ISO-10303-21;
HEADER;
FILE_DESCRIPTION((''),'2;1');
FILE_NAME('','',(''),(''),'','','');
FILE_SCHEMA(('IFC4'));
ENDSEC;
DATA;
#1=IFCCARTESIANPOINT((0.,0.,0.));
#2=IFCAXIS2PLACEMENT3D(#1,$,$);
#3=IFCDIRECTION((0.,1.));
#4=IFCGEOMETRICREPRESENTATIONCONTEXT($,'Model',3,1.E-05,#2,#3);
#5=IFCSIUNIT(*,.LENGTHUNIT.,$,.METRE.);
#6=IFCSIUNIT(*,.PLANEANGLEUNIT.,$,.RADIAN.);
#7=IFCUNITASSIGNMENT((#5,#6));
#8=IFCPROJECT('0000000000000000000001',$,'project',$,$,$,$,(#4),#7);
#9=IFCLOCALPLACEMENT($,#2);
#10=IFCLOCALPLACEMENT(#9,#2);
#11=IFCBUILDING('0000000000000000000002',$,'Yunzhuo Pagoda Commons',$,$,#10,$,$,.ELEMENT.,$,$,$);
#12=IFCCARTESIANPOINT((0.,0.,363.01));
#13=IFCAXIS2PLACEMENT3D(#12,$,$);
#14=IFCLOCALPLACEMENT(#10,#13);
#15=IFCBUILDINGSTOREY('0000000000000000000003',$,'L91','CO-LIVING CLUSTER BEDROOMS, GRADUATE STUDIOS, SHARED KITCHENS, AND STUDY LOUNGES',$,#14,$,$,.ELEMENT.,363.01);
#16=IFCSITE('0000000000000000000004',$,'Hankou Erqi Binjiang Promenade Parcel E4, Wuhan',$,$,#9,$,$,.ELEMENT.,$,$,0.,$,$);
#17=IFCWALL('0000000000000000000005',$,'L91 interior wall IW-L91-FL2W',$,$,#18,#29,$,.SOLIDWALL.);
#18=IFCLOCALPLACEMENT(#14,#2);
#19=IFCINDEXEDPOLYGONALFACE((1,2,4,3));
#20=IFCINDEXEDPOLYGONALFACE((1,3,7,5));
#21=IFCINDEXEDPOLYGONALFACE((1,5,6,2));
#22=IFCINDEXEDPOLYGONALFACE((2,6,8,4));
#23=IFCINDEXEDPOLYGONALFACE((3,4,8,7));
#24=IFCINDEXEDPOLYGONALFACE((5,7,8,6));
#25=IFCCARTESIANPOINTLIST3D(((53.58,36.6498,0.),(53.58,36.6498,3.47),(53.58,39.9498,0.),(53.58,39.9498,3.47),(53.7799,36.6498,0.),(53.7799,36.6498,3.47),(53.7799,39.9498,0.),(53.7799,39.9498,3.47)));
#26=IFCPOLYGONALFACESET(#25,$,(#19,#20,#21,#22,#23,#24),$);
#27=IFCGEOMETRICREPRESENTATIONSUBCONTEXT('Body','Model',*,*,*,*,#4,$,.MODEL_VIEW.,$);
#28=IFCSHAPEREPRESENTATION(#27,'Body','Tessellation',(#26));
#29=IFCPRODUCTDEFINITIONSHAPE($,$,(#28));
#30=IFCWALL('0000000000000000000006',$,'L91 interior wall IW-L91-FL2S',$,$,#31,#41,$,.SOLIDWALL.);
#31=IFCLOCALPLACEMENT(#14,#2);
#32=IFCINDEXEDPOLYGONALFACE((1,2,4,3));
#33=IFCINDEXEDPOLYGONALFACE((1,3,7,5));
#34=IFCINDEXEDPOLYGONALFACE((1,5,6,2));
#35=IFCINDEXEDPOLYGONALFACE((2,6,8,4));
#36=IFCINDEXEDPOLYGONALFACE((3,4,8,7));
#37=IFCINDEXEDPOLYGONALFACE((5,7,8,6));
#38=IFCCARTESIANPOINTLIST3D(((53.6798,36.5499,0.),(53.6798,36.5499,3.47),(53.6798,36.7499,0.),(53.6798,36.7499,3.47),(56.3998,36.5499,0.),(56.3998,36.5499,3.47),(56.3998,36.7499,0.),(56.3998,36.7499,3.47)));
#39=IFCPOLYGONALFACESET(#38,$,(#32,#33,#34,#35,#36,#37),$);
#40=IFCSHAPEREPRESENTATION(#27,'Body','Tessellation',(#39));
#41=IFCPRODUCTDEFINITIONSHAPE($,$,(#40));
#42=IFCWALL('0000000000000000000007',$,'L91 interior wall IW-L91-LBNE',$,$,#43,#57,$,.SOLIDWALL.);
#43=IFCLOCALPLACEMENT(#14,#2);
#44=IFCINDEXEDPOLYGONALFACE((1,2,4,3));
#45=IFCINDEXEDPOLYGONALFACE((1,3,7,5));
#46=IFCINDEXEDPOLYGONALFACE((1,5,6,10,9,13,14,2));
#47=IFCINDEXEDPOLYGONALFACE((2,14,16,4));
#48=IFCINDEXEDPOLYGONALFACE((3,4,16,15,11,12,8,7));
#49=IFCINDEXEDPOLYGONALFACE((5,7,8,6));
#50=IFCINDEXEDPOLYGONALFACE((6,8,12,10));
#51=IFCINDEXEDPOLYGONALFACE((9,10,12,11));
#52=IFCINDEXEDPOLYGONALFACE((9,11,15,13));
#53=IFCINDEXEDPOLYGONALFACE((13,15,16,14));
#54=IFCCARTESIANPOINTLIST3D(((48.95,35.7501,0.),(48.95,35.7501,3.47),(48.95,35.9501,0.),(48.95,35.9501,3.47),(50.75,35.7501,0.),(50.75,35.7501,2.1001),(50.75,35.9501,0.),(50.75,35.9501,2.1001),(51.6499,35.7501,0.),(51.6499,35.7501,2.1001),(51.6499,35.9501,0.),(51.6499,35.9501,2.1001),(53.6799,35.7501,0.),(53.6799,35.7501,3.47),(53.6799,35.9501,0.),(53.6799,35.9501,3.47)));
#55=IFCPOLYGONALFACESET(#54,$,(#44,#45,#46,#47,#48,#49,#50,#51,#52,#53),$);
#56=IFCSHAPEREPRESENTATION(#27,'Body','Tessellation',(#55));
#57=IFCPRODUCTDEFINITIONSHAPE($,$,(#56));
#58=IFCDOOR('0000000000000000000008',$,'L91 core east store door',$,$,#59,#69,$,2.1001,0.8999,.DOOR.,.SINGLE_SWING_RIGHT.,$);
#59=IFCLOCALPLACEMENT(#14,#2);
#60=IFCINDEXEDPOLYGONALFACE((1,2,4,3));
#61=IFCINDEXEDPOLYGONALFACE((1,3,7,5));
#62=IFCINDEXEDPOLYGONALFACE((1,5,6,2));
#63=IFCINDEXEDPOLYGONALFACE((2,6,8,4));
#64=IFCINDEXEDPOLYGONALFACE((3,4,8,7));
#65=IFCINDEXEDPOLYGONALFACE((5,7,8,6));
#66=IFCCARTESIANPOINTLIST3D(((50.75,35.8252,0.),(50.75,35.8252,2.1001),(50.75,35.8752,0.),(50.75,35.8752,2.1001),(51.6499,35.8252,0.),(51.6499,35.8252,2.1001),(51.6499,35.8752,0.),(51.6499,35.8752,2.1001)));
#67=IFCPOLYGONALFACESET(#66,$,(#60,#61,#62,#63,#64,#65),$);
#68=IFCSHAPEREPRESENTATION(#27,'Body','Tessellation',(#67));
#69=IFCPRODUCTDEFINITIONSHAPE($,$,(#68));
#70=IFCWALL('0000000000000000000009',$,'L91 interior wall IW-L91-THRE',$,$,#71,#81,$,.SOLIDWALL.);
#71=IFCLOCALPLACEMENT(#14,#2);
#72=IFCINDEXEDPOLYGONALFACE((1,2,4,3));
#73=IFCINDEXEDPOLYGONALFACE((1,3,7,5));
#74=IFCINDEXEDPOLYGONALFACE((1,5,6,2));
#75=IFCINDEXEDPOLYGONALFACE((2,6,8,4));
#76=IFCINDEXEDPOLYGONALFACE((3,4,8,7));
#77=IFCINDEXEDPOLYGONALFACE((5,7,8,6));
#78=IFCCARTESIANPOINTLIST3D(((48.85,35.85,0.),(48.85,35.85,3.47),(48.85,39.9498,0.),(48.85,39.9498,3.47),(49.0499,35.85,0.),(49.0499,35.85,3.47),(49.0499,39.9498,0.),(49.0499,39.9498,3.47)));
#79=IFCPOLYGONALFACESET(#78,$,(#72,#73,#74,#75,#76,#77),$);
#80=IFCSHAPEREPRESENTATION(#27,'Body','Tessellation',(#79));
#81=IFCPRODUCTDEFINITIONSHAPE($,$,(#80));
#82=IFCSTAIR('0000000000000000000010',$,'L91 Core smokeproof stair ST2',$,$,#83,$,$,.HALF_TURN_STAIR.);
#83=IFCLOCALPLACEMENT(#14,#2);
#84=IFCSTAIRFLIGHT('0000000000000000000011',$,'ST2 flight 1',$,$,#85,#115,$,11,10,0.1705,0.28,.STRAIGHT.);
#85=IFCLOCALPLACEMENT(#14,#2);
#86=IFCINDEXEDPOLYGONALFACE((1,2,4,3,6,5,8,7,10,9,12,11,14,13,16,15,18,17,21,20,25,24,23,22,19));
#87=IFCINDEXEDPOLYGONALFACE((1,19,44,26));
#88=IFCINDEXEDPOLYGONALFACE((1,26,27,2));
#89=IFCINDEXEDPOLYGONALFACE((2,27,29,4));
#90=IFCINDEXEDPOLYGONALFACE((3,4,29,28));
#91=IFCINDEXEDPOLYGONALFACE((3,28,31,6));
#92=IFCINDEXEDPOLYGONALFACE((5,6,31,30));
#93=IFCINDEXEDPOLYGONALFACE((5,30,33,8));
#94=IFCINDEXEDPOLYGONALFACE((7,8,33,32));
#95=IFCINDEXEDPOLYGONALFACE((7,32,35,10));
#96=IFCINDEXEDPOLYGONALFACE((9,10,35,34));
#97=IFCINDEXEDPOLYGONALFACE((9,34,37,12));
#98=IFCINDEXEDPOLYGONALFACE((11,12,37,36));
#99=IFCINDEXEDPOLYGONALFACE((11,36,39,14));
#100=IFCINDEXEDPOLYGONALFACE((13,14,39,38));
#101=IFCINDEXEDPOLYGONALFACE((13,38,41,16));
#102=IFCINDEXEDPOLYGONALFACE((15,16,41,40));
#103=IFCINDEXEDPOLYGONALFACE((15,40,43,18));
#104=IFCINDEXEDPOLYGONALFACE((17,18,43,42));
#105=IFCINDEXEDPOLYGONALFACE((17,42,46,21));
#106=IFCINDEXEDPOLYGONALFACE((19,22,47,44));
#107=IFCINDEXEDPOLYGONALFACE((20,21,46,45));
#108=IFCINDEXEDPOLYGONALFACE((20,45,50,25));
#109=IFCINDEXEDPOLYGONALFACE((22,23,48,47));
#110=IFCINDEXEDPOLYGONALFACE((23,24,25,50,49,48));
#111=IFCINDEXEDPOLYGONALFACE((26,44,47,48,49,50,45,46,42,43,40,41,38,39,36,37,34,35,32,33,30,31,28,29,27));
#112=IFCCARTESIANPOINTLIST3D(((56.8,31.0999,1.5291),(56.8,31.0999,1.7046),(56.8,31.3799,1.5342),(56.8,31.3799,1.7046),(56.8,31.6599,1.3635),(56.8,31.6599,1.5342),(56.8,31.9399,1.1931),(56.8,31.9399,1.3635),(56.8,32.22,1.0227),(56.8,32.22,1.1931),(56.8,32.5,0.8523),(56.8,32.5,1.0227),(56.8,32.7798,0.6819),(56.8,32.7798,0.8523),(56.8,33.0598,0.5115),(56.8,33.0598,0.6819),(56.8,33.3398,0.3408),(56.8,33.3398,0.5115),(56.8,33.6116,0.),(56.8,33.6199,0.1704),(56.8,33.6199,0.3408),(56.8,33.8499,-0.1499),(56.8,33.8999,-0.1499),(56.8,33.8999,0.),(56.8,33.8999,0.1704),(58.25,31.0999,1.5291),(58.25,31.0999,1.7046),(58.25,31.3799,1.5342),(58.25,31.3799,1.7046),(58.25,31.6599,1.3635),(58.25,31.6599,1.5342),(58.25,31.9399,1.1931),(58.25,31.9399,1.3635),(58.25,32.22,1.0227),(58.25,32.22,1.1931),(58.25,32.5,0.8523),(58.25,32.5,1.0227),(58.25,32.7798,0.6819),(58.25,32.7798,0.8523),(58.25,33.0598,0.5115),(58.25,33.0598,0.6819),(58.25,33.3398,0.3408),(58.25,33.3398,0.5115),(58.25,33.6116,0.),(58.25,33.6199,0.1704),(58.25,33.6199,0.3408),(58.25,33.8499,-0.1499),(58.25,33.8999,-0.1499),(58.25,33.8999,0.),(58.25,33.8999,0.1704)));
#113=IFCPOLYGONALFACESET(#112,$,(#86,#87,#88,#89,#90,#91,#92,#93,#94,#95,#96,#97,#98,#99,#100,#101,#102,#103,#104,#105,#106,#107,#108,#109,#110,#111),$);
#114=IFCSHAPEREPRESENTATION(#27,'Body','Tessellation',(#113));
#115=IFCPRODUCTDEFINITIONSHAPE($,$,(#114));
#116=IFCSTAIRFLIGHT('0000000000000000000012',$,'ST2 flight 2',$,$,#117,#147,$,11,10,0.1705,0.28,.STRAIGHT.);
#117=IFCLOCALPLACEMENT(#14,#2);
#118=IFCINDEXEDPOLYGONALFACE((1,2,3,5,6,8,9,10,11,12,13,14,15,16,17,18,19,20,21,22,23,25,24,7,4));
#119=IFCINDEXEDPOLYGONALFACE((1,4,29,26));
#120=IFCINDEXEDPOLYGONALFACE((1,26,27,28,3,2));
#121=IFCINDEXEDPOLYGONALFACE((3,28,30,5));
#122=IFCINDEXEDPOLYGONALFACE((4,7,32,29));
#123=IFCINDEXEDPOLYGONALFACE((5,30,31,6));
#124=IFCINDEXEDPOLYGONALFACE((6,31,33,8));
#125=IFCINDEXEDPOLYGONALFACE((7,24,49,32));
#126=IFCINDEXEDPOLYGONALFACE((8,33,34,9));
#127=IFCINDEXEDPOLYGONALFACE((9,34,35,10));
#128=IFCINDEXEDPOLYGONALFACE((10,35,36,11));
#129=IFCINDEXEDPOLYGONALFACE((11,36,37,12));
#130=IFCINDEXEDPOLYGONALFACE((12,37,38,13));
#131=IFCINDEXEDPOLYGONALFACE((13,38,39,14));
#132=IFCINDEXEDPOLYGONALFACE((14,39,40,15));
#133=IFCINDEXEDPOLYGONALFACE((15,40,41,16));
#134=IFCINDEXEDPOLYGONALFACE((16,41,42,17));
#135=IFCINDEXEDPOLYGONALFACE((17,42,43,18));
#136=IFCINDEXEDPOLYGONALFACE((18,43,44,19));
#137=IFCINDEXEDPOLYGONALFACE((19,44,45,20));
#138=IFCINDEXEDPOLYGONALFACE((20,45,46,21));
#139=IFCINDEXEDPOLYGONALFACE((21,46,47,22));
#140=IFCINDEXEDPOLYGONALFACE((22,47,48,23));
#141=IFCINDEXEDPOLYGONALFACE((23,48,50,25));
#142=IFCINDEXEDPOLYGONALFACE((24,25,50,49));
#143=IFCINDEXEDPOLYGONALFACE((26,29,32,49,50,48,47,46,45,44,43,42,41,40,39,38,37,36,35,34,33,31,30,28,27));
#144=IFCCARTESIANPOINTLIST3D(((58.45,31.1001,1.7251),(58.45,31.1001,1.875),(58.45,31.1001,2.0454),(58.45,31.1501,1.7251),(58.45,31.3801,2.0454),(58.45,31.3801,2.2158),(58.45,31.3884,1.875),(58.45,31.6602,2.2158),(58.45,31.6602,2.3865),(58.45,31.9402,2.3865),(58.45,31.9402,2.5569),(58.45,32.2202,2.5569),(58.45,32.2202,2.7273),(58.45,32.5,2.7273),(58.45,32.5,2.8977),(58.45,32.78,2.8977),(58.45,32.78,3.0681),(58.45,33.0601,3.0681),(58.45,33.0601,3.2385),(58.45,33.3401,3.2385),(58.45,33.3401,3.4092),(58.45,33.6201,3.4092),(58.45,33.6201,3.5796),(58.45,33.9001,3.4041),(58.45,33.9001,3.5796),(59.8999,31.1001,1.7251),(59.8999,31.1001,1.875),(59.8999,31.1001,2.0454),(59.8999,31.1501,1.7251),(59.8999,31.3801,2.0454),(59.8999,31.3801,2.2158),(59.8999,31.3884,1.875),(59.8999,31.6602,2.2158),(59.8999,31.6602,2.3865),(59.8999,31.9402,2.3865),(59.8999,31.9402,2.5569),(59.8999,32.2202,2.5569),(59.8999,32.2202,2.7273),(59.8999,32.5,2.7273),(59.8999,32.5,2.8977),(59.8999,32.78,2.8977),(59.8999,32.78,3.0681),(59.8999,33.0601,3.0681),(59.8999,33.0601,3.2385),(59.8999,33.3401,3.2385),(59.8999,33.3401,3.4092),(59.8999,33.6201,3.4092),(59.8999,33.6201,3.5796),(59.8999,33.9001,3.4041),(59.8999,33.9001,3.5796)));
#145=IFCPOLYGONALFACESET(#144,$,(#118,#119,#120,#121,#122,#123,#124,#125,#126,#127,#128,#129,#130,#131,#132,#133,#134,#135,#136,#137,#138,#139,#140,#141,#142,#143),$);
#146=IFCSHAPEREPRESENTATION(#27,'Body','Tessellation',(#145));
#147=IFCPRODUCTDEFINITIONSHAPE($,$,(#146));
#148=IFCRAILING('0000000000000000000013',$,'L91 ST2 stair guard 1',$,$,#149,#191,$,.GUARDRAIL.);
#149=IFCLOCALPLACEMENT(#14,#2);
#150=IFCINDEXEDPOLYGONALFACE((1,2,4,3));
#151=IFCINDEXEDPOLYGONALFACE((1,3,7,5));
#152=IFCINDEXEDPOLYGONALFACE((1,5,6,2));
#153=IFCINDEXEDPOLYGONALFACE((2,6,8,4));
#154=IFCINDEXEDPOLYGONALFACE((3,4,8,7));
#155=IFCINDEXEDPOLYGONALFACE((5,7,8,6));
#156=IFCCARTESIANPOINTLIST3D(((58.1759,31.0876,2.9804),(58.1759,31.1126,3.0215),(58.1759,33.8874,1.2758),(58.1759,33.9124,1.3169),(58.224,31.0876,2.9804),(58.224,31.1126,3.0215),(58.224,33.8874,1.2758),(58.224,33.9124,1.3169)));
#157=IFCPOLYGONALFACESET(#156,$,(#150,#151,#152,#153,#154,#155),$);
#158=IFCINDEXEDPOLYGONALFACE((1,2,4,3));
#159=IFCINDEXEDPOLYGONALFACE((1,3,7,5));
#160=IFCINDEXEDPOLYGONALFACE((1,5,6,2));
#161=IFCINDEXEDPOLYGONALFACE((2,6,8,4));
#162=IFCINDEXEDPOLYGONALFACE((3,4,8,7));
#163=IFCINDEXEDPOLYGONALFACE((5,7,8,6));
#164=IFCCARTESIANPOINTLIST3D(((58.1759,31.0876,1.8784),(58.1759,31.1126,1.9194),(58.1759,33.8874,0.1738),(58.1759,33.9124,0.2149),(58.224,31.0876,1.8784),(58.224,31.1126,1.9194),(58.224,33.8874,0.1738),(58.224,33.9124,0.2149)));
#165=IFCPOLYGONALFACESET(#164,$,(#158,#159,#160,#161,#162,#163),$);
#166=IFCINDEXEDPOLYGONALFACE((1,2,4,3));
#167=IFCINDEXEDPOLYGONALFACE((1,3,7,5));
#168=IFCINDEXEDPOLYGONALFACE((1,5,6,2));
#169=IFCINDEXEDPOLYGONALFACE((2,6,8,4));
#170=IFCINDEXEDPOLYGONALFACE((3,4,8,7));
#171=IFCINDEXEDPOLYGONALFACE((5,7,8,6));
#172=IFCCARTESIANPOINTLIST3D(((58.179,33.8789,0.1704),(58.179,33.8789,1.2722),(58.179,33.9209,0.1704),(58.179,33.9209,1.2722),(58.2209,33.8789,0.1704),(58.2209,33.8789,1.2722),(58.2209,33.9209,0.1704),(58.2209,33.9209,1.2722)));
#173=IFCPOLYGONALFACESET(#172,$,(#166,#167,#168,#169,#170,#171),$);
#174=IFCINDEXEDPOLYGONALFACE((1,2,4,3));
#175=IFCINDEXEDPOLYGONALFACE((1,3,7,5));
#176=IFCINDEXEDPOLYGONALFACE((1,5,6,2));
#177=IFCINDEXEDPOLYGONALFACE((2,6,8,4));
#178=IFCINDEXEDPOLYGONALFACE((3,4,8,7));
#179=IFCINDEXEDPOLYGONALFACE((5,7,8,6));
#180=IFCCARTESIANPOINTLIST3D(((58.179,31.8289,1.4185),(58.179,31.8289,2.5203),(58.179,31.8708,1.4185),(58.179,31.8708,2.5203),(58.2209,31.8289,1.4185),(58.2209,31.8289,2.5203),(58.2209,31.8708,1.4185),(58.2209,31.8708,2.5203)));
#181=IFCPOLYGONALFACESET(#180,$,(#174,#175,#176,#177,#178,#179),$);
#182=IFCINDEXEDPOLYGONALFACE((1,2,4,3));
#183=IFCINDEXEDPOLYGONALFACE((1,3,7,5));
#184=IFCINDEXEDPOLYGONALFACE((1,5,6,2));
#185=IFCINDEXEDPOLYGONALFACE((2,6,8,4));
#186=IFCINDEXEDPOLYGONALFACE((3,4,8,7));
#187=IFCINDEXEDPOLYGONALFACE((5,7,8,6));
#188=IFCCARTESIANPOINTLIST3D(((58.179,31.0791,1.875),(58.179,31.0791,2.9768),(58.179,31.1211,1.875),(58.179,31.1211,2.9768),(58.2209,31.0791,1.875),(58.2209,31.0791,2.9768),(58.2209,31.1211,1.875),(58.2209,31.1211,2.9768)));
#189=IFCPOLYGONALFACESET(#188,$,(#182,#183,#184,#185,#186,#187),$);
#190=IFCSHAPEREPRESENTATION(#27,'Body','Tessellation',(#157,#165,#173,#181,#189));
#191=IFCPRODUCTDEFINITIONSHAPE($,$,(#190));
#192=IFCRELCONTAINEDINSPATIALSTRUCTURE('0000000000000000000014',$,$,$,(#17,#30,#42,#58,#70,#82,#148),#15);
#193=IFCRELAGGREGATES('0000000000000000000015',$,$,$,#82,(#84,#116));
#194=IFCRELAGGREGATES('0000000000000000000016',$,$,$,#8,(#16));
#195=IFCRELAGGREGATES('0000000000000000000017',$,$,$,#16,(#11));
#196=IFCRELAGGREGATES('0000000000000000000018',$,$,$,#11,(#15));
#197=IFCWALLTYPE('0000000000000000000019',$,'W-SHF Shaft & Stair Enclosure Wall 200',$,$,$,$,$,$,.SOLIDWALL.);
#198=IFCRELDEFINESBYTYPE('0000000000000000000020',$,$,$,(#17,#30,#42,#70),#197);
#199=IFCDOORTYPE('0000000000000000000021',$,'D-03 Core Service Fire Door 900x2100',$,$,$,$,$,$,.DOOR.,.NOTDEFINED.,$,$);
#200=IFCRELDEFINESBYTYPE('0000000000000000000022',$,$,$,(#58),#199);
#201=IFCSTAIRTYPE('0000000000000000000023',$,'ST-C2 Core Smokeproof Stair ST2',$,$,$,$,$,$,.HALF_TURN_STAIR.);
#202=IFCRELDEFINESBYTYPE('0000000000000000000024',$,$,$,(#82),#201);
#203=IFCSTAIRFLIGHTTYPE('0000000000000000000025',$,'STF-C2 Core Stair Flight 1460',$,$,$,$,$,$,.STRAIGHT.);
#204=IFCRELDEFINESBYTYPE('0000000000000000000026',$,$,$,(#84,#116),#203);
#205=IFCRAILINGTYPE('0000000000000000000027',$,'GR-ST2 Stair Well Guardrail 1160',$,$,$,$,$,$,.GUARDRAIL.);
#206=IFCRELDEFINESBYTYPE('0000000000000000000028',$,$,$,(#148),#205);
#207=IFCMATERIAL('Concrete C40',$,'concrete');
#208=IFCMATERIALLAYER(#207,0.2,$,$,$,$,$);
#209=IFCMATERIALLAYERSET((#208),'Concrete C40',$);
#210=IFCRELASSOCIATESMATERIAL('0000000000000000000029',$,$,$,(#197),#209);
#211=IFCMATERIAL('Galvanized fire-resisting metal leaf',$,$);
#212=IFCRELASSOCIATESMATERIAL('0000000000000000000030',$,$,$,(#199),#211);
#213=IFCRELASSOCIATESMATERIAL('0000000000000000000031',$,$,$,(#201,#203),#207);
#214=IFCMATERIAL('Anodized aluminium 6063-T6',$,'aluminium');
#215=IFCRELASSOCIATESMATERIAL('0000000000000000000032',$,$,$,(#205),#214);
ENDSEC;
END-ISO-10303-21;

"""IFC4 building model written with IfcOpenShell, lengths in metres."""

from ifc_helpers import new_model, si_unit, direction, frame, frame_2d, origin, origin_2d, place, context, subcontext, project, spatial, polyline, rectangle, outline, extrude, source, transform, mapped, material, layer, layer_set, type_object, element, fill, aggregate, save


model = new_model("IFC4")

# Units and contexts
model_context = context("Model", 3, precision=1e-05, world=origin(), true_north=direction((0.0, 1.0)))
body_context = subcontext(model_context, "Body", "Model", "MODEL_VIEW")
ifc_project = project(units=[si_unit("LENGTHUNIT", "METRE"), si_unit("PLANEANGLEUNIT", "RADIAN")], contexts=[model_context])

# Site, building, storey
site_placement = place(None, origin())
site = spatial("IfcSite", under=ifc_project, at=site_placement, Name="Hankou Erqi Binjiang Promenade Parcel E4, Wuhan", CompositionType="ELEMENT", RefElevation=0.0)
building_placement = place(site_placement, origin())
building = spatial("IfcBuilding", under=site, at=building_placement, Name="Yunzhuo Pagoda Commons", CompositionType="ELEMENT")
storey_placement = place(building_placement, frame((0.0, 0.0, 363.01)))
storey = spatial("IfcBuildingStorey", under=building, at=storey_placement, Name="L91", Description="CO-LIVING CLUSTER BEDROOMS, GRADUATE STUDIOS, SHARED KITCHENS, AND STUDY LOUNGES", CompositionType="ELEMENT", Elevation=363.01)

# Shared definitions
ifc_material_1 = material(Name="Galvanized fire-resisting metal leaf")

# Walls
ifc_material_2 = material(Name="Concrete C40", Category="concrete")
ifc_layer_1 = layer(ifc_material_2, 0.2)
ifc_layer_set_1 = layer_set([ifc_layer_1], Name="Concrete C40")
wall_type_1 = type_object("IfcWallType", Name="W-SHF Shaft & Stair Enclosure Wall 200", PredefinedType="SOLIDWALL", material=ifc_layer_set_1)
wall_1_placement = place(storey_placement, frame((53.6799, 36.6499, 0.0), z_axis=(0.0, 0.0, 1.0), x_axis=(0.0, 1.0, 0.0)))
element("IfcWall", 1, at=wall_1_placement, inside=storey, type_object=wall_type_1, Name="L91 interior wall IW-L91-FL2W", PredefinedType="SOLIDWALL", context=body_context, shape_type="SweptSolid", body=[
    extrude(rectangle(XDim=3.3, YDim=0.2, at=frame_2d((1.6499, 0.0))), origin(), (0.0, 0.0, 1.0), 3.47),
])
wall_2_placement = place(storey_placement, frame((53.6799, 36.6499, 0.0), z_axis=(0.0, 0.0, 1.0), x_axis=(1.0, 0.0, 0.0)))
element("IfcWall", 2, at=wall_2_placement, inside=storey, type_object=wall_type_1, Name="L91 interior wall IW-L91-FL2S", PredefinedType="SOLIDWALL", context=body_context, shape_type="SweptSolid", body=[
    extrude(rectangle(XDim=2.72, YDim=0.2, at=frame_2d((1.3599, 0.0))), origin(), (0.0, 0.0, 1.0), 3.47),
])

# Wall, opening, door
wall_3_placement = place(storey_placement, frame((48.95, 35.8501, 0.0), z_axis=(0.0, 0.0, 1.0), x_axis=(1.0, 0.0, 0.0)))
wall_3 = element("IfcWall", 3, at=wall_3_placement, inside=storey, type_object=wall_type_1, Name="L91 interior wall IW-L91-LBNE", PredefinedType="SOLIDWALL", context=body_context, shape_type="SweptSolid", body=[
    extrude(rectangle(XDim=4.73, YDim=0.2, at=frame_2d((2.365, 0.0))), origin(), (0.0, 0.0, 1.0), 3.47),
])
opening_1_placement = place(wall_3_placement, frame((1.8, 0.0, 0.0)))
opening_1 = element("IfcOpeningElement", 4, at=opening_1_placement, cuts=wall_3, PredefinedType="OPENING", context=body_context, shape_type="SweptSolid", body=[
    extrude(rectangle(XDim=0.8999, YDim=2.1001, at=frame_2d((0.45, 1.05))), frame((0.0, 0.1099, 0.0), z_axis=(0.0, -1.0, 0.0), x_axis=(1.0, 0.0, 0.0)), (0.0, 0.0, 1.0), 0.22),
])
door_type_1 = type_object("IfcDoorType", Name="D-03 Core Service Fire Door 900x2100", OperationType="NOTDEFINED", PredefinedType="DOOR", material=ifc_material_1)
shared_shape_1 = source(origin(), body_context, "Body", "SweptSolid", [
    extrude(rectangle(XDim=0.8999, YDim=2.1001, at=frame_2d((0.45, 1.05))), frame((0.0, 0.0249, 0.0), z_axis=(0.0, -1.0, 0.0), x_axis=(1.0, 0.0, 0.0)), (0.0, 0.0, 1.0), 0.05),
])
door_1_placement = place(opening_1_placement, frame((0.8999, 0.0, 0.0), z_axis=(0.0, 0.0, 1.0), x_axis=(-1.0, 0.0, 0.0)))
door_1 = element("IfcDoor", 5, at=door_1_placement, inside=storey, type_object=door_type_1, Name="L91 core east store door", OperationType="SINGLE_SWING_RIGHT", OverallHeight=2.1001, OverallWidth=0.8999, PredefinedType="DOOR", context=body_context, shape_type="MappedRepresentation", body=[
    mapped(shared_shape_1, transform((0.0, 0.0, 0.0), scale=1.0)),
])
fill(opening_1, door_1)

# Wall
wall_4_placement = place(storey_placement, frame((48.95, 35.8501, 0.0), z_axis=(0.0, 0.0, 1.0), x_axis=(0.0, 1.0, 0.0)))
element("IfcWall", 6, at=wall_4_placement, inside=storey, type_object=wall_type_1, Name="L91 interior wall IW-L91-THRE", PredefinedType="SOLIDWALL", context=body_context, shape_type="SweptSolid", body=[
    extrude(rectangle(XDim=4.0999, YDim=0.2, at=frame_2d((2.0498, 0.0))), origin(), (0.0, 0.0, 1.0), 3.47),
])

# Stair, stair flights
stair_type = type_object("IfcStairType", Name="ST-C2 Core Smokeproof Stair ST2", PredefinedType="HALF_TURN_STAIR", material=ifc_material_2)
stair_placement = place(storey_placement, origin())
stair = element("IfcStair", 7, at=stair_placement, inside=storey, type_object=stair_type, Name="L91 Core smokeproof stair ST2", PredefinedType="HALF_TURN_STAIR")
stair_flight_type = type_object("IfcStairFlightType", Name="STF-C2 Core Stair Flight 1460", PredefinedType="STRAIGHT", material=ifc_material_2)
shared_shape_2 = source(origin(), body_context, "Body", "SweptSolid", [
    extrude(outline(polyline([(0.0, -0.1499), (0.0, 0.0), (0.0, 0.1704), (0.28, 0.1704), (0.28, 0.3408), (0.5601, 0.3408), (0.5601, 0.5115), (0.8401, 0.5115), (0.8401, 0.6819), (1.1201, 0.6819), (1.1201, 0.8523), (1.3999, 0.8523), (1.3999, 1.0227), (1.6799, 1.0227), (1.6799, 1.1931), (1.96, 1.1931), (1.96, 1.3635), (2.24, 1.3635), (2.24, 1.5342), (2.52, 1.5342), (2.52, 1.7046), (2.8, 1.7046), (2.8, 1.875), (2.8, 1.5291), (0.2883, 0.0), (0.05, -0.1499), (0.0, -0.1499)])), frame((0.0, 0.7251, 0.0), z_axis=(0.0, -1.0, 0.0), x_axis=(1.0, 0.0, 0.0)), (0.0, 0.0, 1.0), 1.45),
])
stair_flight_1_placement = place(storey_placement, frame((57.5249, 33.8999, 0.0), z_axis=(0.0, 0.0, 1.0), x_axis=(0.0, -1.0, 0.0)))
stair_flight_1 = element("IfcStairFlight", 8, at=stair_flight_1_placement, type_object=stair_flight_type, Name="ST2 flight 1", NumberOfRisers=11, NumberOfTreads=10, PredefinedType="STRAIGHT", RiserHeight=0.1705, TreadLength=0.28, context=body_context, shape_type="MappedRepresentation", body=[
    mapped(shared_shape_2, transform((0.0, 0.0, 0.0), scale=1.0)),
])
stair_flight_2_placement = place(storey_placement, frame((59.175, 31.1001, 1.875), z_axis=(0.0, 0.0, 1.0), x_axis=(0.0, 1.0, 0.0)))
stair_flight_2 = element("IfcStairFlight", 9, at=stair_flight_2_placement, type_object=stair_flight_type, Name="ST2 flight 2", NumberOfRisers=11, NumberOfTreads=10, PredefinedType="STRAIGHT", RiserHeight=0.1705, TreadLength=0.28, context=body_context, shape_type="MappedRepresentation", body=[
    mapped(shared_shape_2, transform((0.0, 0.0, 0.0), scale=1.0)),
])
aggregate(stair, [stair_flight_1, stair_flight_2])

# Railing
ifc_material_3 = material(Name="Anodized aluminium 6063-T6", Category="aluminium")
railing_type_1 = type_object("IfcRailingType", Name="GR-ST2 Stair Well Guardrail 1160", PredefinedType="GUARDRAIL", material=ifc_material_3)
railing_1_placement = place(storey_placement, frame((58.2, 33.8999, 0.1704)))
element("IfcRailing", 10, at=railing_1_placement, inside=storey, type_object=railing_type_1, Name="L91 ST2 stair guard 1", PredefinedType="GUARDRAIL", context=body_context, shape_type="SweptSolid", body=[
    extrude(rectangle(XDim=0.0481, YDim=0.0481, at=origin_2d()), frame((0.0, 0.0, 1.126), z_axis=(0.0, -0.85415, 0.520027), x_axis=(1.0, 0.0, 0.0)), (0.0, 0.0, 1.0), 3.2778),
    extrude(rectangle(XDim=0.0481, YDim=0.0481, at=origin_2d()), frame((0.0, 0.0, 0.0239), z_axis=(0.0, -0.85415, 0.520027), x_axis=(1.0, 0.0, 0.0)), (0.0, 0.0, 1.0), 3.2778),
    extrude(rectangle(XDim=0.042, YDim=0.042, at=origin_2d()), origin(), (0.0, 0.0, 1.0), 1.1018),
    extrude(rectangle(XDim=0.042, YDim=0.042, at=origin_2d()), frame((0.0, -2.05, 1.248)), (0.0, 0.0, 1.0), 1.1018),
    extrude(rectangle(XDim=0.042, YDim=0.042, at=origin_2d()), frame((0.0, -2.7998, 1.7046)), (0.0, 0.0, 1.0), 1.1018),
])

save(model, "model.ifc")
